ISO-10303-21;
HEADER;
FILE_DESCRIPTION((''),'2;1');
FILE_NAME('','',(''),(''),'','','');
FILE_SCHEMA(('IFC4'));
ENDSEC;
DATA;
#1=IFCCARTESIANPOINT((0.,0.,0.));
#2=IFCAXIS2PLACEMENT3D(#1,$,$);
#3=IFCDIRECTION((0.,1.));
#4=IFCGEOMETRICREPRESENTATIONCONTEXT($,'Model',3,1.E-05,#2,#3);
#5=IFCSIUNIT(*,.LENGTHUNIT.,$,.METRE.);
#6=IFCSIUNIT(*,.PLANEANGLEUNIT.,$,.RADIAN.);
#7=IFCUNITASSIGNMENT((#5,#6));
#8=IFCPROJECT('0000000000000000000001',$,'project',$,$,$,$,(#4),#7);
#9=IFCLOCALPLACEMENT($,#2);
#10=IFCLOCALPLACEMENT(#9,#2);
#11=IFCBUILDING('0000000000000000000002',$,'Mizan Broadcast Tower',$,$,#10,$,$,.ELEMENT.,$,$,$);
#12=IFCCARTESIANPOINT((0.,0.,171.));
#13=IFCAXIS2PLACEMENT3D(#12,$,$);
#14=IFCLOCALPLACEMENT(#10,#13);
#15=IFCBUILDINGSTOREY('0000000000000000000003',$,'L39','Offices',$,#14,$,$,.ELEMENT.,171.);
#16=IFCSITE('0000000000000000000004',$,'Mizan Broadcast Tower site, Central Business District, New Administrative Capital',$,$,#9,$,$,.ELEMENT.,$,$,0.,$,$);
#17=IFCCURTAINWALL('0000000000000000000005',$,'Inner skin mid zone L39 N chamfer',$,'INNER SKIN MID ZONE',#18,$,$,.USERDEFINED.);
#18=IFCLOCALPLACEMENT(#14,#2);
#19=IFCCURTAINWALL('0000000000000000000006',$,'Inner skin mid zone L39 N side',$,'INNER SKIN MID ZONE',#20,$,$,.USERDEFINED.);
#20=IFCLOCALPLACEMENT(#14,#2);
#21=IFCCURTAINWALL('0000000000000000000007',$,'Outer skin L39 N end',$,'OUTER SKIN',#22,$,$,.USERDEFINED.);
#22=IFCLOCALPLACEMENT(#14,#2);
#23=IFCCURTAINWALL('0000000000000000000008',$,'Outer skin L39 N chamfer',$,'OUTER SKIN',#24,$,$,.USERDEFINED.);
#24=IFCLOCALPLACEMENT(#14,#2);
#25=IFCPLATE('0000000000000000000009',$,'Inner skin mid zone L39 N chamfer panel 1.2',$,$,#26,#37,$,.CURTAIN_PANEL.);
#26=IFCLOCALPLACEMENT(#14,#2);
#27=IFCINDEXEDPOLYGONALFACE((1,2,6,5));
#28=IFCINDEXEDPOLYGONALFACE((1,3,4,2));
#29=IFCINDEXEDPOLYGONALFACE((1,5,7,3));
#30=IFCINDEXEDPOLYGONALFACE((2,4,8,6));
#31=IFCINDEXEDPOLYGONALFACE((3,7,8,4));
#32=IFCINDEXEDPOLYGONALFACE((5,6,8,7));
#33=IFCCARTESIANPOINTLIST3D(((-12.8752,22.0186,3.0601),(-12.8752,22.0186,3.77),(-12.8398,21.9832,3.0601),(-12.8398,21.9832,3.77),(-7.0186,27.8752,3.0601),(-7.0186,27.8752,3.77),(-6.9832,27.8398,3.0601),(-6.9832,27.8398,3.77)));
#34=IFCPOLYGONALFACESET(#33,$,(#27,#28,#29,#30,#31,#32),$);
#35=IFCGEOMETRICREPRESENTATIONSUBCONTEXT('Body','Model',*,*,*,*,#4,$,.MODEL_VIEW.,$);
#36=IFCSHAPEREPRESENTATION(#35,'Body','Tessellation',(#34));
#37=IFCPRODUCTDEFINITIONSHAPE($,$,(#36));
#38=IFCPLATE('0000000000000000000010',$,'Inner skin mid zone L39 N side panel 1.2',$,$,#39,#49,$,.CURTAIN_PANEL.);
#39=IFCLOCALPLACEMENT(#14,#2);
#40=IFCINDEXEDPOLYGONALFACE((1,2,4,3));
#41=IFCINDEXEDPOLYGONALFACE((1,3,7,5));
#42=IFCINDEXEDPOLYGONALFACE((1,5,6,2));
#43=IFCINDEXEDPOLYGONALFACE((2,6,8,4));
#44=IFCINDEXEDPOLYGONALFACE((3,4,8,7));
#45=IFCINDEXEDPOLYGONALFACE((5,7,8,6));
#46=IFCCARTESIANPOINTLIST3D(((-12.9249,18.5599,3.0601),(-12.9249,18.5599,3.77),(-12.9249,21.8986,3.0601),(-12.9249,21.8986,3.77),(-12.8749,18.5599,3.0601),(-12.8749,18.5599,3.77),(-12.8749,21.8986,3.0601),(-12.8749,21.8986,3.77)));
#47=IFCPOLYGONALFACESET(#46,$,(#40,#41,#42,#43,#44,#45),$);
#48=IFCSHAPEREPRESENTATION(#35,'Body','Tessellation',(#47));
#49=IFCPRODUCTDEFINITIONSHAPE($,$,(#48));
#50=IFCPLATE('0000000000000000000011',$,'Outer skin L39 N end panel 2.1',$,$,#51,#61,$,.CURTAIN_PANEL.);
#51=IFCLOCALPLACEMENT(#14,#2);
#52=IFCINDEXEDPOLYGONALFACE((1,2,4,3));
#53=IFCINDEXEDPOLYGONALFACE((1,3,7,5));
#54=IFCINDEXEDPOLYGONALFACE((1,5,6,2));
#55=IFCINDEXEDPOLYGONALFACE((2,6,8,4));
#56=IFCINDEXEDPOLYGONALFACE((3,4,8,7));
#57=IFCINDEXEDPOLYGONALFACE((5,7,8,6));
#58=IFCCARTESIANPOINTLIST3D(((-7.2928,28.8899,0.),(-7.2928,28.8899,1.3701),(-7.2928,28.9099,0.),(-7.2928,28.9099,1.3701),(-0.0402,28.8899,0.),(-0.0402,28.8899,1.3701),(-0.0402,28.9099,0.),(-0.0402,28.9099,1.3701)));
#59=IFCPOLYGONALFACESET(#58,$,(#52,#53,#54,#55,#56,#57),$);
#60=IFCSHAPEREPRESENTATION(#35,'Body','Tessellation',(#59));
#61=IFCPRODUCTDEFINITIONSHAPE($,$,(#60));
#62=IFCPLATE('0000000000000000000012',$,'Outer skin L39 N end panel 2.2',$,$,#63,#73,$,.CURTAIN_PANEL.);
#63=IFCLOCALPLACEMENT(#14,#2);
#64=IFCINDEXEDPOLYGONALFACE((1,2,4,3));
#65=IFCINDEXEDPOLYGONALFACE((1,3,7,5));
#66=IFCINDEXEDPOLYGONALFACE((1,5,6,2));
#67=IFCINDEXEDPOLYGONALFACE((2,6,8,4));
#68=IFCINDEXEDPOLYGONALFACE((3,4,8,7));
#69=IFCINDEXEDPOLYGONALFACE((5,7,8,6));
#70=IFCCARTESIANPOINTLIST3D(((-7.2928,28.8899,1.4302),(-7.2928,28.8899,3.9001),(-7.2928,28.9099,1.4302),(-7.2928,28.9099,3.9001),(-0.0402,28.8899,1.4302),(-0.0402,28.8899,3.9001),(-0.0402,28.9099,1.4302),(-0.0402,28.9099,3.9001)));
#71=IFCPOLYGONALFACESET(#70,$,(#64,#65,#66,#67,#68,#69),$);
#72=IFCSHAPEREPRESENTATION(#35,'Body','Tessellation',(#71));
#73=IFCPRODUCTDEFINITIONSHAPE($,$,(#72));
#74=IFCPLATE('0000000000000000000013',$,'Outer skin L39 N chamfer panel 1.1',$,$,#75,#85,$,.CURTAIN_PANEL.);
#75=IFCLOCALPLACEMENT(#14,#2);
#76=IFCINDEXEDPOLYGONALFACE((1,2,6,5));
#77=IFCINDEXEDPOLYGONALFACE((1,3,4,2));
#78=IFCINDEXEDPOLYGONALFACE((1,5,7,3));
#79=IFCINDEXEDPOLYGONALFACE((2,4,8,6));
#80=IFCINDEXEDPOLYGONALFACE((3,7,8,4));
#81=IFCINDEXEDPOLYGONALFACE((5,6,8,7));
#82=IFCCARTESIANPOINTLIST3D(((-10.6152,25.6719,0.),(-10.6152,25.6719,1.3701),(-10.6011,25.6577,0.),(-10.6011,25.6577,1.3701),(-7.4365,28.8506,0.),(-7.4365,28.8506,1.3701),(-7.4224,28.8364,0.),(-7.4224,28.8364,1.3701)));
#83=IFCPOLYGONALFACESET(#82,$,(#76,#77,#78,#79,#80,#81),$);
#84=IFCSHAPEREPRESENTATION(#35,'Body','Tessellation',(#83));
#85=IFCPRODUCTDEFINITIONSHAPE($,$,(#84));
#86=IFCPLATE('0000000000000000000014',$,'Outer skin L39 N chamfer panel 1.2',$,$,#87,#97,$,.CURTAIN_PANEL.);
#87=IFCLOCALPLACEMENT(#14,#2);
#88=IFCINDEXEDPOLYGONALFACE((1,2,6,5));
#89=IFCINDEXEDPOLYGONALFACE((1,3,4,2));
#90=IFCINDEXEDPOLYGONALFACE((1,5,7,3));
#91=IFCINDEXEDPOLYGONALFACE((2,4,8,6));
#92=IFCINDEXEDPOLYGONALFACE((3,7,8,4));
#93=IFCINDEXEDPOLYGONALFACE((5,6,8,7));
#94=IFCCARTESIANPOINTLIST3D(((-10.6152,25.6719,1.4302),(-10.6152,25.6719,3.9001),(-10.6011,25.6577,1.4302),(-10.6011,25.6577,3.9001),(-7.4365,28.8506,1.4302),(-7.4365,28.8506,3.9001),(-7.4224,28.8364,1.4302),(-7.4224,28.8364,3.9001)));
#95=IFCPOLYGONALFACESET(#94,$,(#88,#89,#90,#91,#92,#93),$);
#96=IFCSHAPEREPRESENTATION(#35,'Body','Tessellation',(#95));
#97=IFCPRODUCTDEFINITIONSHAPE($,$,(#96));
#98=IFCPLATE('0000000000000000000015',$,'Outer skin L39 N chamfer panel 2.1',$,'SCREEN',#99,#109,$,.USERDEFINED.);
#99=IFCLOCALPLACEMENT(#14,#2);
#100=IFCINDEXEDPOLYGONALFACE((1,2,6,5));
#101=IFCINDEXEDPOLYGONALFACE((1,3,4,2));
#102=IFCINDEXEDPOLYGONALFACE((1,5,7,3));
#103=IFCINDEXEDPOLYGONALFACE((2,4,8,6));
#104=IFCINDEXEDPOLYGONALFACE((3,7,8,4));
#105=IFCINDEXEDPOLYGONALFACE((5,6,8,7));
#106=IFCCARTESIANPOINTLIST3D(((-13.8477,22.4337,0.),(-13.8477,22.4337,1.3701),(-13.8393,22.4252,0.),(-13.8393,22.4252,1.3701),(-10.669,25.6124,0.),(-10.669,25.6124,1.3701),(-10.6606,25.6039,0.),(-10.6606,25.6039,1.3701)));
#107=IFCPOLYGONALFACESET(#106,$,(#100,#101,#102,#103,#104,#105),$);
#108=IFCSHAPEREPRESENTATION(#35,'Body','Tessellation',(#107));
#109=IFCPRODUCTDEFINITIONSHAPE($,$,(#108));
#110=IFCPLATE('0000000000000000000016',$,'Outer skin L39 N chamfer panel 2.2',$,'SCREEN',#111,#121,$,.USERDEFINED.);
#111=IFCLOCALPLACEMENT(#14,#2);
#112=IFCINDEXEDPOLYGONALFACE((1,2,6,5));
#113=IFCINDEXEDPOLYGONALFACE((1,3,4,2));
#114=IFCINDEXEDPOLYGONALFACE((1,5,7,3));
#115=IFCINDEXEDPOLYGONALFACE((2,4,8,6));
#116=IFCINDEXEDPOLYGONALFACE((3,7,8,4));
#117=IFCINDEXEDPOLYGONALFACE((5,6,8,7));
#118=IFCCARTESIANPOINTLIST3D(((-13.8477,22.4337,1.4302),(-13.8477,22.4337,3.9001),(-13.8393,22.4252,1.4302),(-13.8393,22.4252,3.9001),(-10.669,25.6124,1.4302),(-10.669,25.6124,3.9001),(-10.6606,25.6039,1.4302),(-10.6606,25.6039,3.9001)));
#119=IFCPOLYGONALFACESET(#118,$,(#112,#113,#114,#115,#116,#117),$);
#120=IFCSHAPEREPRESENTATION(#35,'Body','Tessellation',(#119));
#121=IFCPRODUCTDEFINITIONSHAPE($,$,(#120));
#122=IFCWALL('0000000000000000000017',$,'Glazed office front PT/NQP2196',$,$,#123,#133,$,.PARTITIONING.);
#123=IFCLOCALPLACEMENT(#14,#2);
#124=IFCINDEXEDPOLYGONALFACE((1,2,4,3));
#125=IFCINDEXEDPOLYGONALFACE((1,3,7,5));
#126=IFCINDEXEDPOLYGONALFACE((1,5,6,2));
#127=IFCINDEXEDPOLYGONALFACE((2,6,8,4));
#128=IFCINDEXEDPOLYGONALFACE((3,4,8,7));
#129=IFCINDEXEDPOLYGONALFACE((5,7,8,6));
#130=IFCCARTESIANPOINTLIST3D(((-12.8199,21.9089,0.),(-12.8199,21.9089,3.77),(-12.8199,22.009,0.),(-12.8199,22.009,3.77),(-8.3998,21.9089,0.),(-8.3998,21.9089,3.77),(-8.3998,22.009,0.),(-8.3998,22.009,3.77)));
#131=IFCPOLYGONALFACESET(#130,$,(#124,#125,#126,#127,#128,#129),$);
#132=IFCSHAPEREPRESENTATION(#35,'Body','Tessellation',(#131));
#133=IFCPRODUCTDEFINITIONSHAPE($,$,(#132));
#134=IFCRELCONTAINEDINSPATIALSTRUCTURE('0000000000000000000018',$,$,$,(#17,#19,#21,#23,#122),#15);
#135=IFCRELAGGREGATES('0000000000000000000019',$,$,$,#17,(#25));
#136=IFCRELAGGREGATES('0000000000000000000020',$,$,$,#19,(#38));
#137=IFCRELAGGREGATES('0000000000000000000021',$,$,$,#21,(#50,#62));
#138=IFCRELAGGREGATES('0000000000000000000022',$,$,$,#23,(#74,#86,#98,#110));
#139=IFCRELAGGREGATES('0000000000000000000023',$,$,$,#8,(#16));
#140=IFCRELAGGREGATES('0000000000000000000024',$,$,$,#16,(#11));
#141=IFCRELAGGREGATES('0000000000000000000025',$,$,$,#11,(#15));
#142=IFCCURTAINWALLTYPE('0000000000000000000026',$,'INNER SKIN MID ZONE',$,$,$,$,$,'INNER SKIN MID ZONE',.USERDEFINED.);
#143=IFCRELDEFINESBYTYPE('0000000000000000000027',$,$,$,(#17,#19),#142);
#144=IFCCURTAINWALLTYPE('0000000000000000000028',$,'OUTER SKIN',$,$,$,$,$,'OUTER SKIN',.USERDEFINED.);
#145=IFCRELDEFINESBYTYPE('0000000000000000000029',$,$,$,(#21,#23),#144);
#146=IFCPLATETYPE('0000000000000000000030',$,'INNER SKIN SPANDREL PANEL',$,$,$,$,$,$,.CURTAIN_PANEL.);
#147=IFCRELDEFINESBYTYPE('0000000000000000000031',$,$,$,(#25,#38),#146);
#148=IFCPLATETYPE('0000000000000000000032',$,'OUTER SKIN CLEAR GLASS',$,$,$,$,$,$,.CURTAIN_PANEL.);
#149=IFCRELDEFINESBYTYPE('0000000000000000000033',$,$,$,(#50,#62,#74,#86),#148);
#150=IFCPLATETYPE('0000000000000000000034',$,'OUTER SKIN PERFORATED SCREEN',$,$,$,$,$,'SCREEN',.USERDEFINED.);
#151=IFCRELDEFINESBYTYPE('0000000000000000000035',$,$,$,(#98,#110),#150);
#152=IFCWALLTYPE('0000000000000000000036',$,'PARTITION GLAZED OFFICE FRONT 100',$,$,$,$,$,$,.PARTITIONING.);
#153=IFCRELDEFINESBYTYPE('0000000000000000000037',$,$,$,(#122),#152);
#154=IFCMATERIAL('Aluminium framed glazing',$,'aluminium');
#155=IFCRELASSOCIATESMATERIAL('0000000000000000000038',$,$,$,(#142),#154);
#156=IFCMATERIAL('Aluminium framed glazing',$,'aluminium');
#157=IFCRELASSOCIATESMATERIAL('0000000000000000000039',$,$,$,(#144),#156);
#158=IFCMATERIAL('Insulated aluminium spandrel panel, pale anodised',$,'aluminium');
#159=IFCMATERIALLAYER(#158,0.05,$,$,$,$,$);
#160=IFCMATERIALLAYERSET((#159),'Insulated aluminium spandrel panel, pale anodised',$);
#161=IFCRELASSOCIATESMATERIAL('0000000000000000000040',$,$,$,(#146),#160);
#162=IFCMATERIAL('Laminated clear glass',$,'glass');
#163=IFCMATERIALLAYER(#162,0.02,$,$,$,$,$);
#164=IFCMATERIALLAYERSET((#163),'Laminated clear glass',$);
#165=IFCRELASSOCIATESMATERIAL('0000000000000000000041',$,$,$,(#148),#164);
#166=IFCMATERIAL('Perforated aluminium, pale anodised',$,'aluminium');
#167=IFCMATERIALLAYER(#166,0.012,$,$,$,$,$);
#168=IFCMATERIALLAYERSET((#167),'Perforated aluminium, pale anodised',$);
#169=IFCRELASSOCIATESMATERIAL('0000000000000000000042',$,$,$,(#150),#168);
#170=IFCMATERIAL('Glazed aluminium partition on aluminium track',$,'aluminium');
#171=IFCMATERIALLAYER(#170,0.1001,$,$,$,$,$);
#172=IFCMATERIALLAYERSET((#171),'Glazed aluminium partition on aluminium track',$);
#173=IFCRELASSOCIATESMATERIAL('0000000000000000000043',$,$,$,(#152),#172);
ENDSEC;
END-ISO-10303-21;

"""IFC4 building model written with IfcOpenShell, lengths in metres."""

from ifc_helpers import new_model, si_unit, direction, frame, frame_2d, origin, origin_2d, place, context, subcontext, project, spatial, rectangle, extrude, material, layer, layer_set, type_object, element, aggregate, save


model = new_model("IFC4")

# Units and contexts
model_context = context("Model", 3, precision=1e-05, world=origin(), true_north=direction((0.0, 1.0)))
body_context = subcontext(model_context, "Body", "Model", "MODEL_VIEW")
ifc_project = project(units=[si_unit("LENGTHUNIT", "METRE"), si_unit("PLANEANGLEUNIT", "RADIAN")], contexts=[model_context])

# Site, building, storey
site_placement = place(None, origin())
site = spatial("IfcSite", under=ifc_project, at=site_placement, Name="Mizan Broadcast Tower site, Central Business District, New Administrative Capital", CompositionType="ELEMENT", RefElevation=0.0)
building_placement = place(site_placement, origin())
building = spatial("IfcBuilding", under=site, at=building_placement, Name="Mizan Broadcast Tower", CompositionType="ELEMENT")
storey_placement = place(building_placement, frame((0.0, 0.0, 171.0)))
storey = spatial("IfcBuildingStorey", under=building, at=storey_placement, Name="L39", Description="Offices", CompositionType="ELEMENT", Elevation=171.0)

# Shared definitions
ifc_material_1 = material(Name="Aluminium framed glazing", Category="aluminium")
curtain_wall_type_1 = type_object("IfcCurtainWallType", Name="INNER SKIN MID ZONE", ElementType="INNER SKIN MID ZONE", PredefinedType="USERDEFINED", material=ifc_material_1)

# Curtain wall
curtain_wall_1_placement = place(storey_placement, origin())
curtain_wall_1 = element("IfcCurtainWall", 1, at=curtain_wall_1_placement, inside=storey, type_object=curtain_wall_type_1, Name="Inner skin mid zone L39 N chamfer", ObjectType="INNER SKIN MID ZONE", PredefinedType="USERDEFINED")

# Curtain walls
curtain_wall_2_placement = place(storey_placement, origin())
curtain_wall_2 = element("IfcCurtainWall", 2, at=curtain_wall_2_placement, inside=storey, type_object=curtain_wall_type_1, Name="Inner skin mid zone L39 N side", ObjectType="INNER SKIN MID ZONE", PredefinedType="USERDEFINED")
ifc_material_2 = material(Name="Aluminium framed glazing", Category="aluminium")
curtain_wall_type_2 = type_object("IfcCurtainWallType", Name="OUTER SKIN", ElementType="OUTER SKIN", PredefinedType="USERDEFINED", material=ifc_material_2)
curtain_wall_3_placement = place(storey_placement, origin())
curtain_wall_3 = element("IfcCurtainWall", 3, at=curtain_wall_3_placement, inside=storey, type_object=curtain_wall_type_2, Name="Outer skin L39 N end", ObjectType="OUTER SKIN", PredefinedType="USERDEFINED")

# Curtain wall
curtain_wall_4_placement = place(storey_placement, origin())
curtain_wall_4 = element("IfcCurtainWall", 4, at=curtain_wall_4_placement, inside=storey, type_object=curtain_wall_type_2, Name="Outer skin L39 N chamfer", ObjectType="OUTER SKIN", PredefinedType="USERDEFINED")

# Plates
ifc_material_3 = material(Name="Insulated aluminium spandrel panel, pale anodised", Category="aluminium")
ifc_layer_1 = layer(ifc_material_3, 0.05)
ifc_layer_set_1 = layer_set([ifc_layer_1], Name="Insulated aluminium spandrel panel, pale anodised")
plate_type_1 = type_object("IfcPlateType", Name="INNER SKIN SPANDREL PANEL", PredefinedType="CURTAIN_PANEL", material=ifc_layer_set_1)
plate_1_placement = place(storey_placement, frame((-9.9292, 24.9292, 3.0601), z_axis=(0.0, 0.0, 1.0), x_axis=(-0.707107, -0.707107, 0.0)))
plate_1 = element("IfcPlate", 5, at=plate_1_placement, type_object=plate_type_1, Name="Inner skin mid zone L39 N chamfer panel 1.2", PredefinedType="CURTAIN_PANEL", context=body_context, shape_type="SweptSolid", body=[
    extrude(rectangle(XDim=8.2825, YDim=0.05, at=origin_2d()), origin(), (0.0, 0.0, 1.0), 0.71),
])
aggregate(curtain_wall_1, [plate_1])
plate_2_placement = place(storey_placement, frame((-12.8999, 20.2292, 3.0601), z_axis=(0.0, 0.0, 1.0), x_axis=(0.0, -1.0, 0.0)))
plate_2 = element("IfcPlate", 6, at=plate_2_placement, type_object=plate_type_1, Name="Inner skin mid zone L39 N side panel 1.2", PredefinedType="CURTAIN_PANEL", context=body_context, shape_type="SweptSolid", body=[
    extrude(rectangle(XDim=3.3386, YDim=0.05, at=origin_2d()), origin(), (0.0, 0.0, 1.0), 0.71),
])
aggregate(curtain_wall_2, [plate_2])
ifc_material_4 = material(Name="Laminated clear glass", Category="glass")
ifc_layer_2 = layer(ifc_material_4, 0.02)
ifc_layer_set_2 = layer_set([ifc_layer_2], Name="Laminated clear glass")
plate_type_2 = type_object("IfcPlateType", Name="OUTER SKIN CLEAR GLASS", PredefinedType="CURTAIN_PANEL", material=ifc_layer_set_2)
plate_3_placement = place(storey_placement, frame((-3.6665, 28.8999, 0.0), z_axis=(0.0, 0.0, 1.0), x_axis=(-1.0, 0.0, 0.0)))
plate_3 = element("IfcPlate", 7, at=plate_3_placement, type_object=plate_type_2, Name="Outer skin L39 N end panel 2.1", PredefinedType="CURTAIN_PANEL", context=body_context, shape_type="SweptSolid", body=[
    extrude(rectangle(XDim=7.2527, YDim=0.02, at=origin_2d()), origin(), (0.0, 0.0, 1.0), 1.3701),
])
plate_4_placement = place(storey_placement, frame((-3.6665, 28.8999, 1.4302), z_axis=(0.0, 0.0, 1.0), x_axis=(-1.0, 0.0, 0.0)))
plate_4 = element("IfcPlate", 8, at=plate_4_placement, type_object=plate_type_2, Name="Outer skin L39 N end panel 2.2", PredefinedType="CURTAIN_PANEL", context=body_context, shape_type="SweptSolid", body=[
    extrude(rectangle(XDim=7.2527, YDim=0.02, at=origin_2d()), origin(), (0.0, 0.0, 1.0), 2.47),
])
aggregate(curtain_wall_3, [plate_3, plate_4])
plate_5_placement = place(storey_placement, frame((-9.0188, 27.2542, 0.0), z_axis=(0.0, 0.0, 1.0), x_axis=(-0.707107, -0.707107, 0.0)))
plate_5 = element("IfcPlate", 9, at=plate_5_placement, type_object=plate_type_2, Name="Outer skin L39 N chamfer panel 1.1", PredefinedType="CURTAIN_PANEL", context=body_context, shape_type="SweptSolid", body=[
    extrude(rectangle(XDim=4.4954, YDim=0.02, at=origin_2d()), origin(), (0.0, 0.0, 1.0), 1.3701),
])
plate_6_placement = place(storey_placement, frame((-9.0188, 27.2542, 1.4302), z_axis=(0.0, 0.0, 1.0), x_axis=(-0.707107, -0.707107, 0.0)))
plate_6 = element("IfcPlate", 10, at=plate_6_placement, type_object=plate_type_2, Name="Outer skin L39 N chamfer panel 1.2", PredefinedType="CURTAIN_PANEL", context=body_context, shape_type="SweptSolid", body=[
    extrude(rectangle(XDim=4.4954, YDim=0.02, at=origin_2d()), origin(), (0.0, 0.0, 1.0), 2.47),
])
ifc_material_5 = material(Name="Perforated aluminium, pale anodised", Category="aluminium")
ifc_layer_3 = layer(ifc_material_5, 0.012)
ifc_layer_set_3 = layer_set([ifc_layer_3], Name="Perforated aluminium, pale anodised")
plate_type_3 = type_object("IfcPlateType", Name="OUTER SKIN PERFORATED SCREEN", ElementType="SCREEN", PredefinedType="USERDEFINED", material=ifc_layer_set_3)
plate_7_placement = place(storey_placement, frame((-12.2542, 24.0188, 0.0), z_axis=(0.0, 0.0, 1.0), x_axis=(-0.707107, -0.707107, 0.0)))
plate_7 = element("IfcPlate", 11, at=plate_7_placement, type_object=plate_type_3, Name="Outer skin L39 N chamfer panel 2.1", ObjectType="SCREEN", PredefinedType="USERDEFINED", context=body_context, shape_type="SweptSolid", body=[
    extrude(rectangle(XDim=4.4954, YDim=0.012, at=origin_2d()), origin(), (0.0, 0.0, 1.0), 1.3701),
])
plate_8_placement = place(storey_placement, frame((-12.2542, 24.0188, 1.4302), z_axis=(0.0, 0.0, 1.0), x_axis=(-0.707107, -0.707107, 0.0)))
plate_8 = element("IfcPlate", 12, at=plate_8_placement, type_object=plate_type_3, Name="Outer skin L39 N chamfer panel 2.2", ObjectType="SCREEN", PredefinedType="USERDEFINED", context=body_context, shape_type="SweptSolid", body=[
    extrude(rectangle(XDim=4.4954, YDim=0.012, at=origin_2d()), origin(), (0.0, 0.0, 1.0), 2.47),
])
aggregate(curtain_wall_4, [plate_5, plate_6, plate_7, plate_8])

# Wall
ifc_material_6 = material(Name="Glazed aluminium partition on aluminium track", Category="aluminium")
ifc_layer_4 = layer(ifc_material_6, 0.1001)
ifc_layer_set_4 = layer_set([ifc_layer_4], Name="Glazed aluminium partition on aluminium track")
wall_type = type_object("IfcWallType", Name="PARTITION GLAZED OFFICE FRONT 100", PredefinedType="PARTITIONING", material=ifc_layer_set_4)
wall_placement = place(storey_placement, frame((-8.3999, 21.959, 0.0), z_axis=(0.0, 0.0, 1.0), x_axis=(-1.0, 0.0, 0.0)))
element("IfcWall", 13, at=wall_placement, inside=storey, type_object=wall_type, Name="Glazed office front PT/NQP2196", PredefinedType="PARTITIONING", context=body_context, shape_type="SweptSolid", body=[
    extrude(rectangle(XDim=4.4202, YDim=0.1001, at=frame_2d((2.21, 0.0))), origin(), (0.0, 0.0, 1.0), 3.77),
])

save(model, "model.ifc")
